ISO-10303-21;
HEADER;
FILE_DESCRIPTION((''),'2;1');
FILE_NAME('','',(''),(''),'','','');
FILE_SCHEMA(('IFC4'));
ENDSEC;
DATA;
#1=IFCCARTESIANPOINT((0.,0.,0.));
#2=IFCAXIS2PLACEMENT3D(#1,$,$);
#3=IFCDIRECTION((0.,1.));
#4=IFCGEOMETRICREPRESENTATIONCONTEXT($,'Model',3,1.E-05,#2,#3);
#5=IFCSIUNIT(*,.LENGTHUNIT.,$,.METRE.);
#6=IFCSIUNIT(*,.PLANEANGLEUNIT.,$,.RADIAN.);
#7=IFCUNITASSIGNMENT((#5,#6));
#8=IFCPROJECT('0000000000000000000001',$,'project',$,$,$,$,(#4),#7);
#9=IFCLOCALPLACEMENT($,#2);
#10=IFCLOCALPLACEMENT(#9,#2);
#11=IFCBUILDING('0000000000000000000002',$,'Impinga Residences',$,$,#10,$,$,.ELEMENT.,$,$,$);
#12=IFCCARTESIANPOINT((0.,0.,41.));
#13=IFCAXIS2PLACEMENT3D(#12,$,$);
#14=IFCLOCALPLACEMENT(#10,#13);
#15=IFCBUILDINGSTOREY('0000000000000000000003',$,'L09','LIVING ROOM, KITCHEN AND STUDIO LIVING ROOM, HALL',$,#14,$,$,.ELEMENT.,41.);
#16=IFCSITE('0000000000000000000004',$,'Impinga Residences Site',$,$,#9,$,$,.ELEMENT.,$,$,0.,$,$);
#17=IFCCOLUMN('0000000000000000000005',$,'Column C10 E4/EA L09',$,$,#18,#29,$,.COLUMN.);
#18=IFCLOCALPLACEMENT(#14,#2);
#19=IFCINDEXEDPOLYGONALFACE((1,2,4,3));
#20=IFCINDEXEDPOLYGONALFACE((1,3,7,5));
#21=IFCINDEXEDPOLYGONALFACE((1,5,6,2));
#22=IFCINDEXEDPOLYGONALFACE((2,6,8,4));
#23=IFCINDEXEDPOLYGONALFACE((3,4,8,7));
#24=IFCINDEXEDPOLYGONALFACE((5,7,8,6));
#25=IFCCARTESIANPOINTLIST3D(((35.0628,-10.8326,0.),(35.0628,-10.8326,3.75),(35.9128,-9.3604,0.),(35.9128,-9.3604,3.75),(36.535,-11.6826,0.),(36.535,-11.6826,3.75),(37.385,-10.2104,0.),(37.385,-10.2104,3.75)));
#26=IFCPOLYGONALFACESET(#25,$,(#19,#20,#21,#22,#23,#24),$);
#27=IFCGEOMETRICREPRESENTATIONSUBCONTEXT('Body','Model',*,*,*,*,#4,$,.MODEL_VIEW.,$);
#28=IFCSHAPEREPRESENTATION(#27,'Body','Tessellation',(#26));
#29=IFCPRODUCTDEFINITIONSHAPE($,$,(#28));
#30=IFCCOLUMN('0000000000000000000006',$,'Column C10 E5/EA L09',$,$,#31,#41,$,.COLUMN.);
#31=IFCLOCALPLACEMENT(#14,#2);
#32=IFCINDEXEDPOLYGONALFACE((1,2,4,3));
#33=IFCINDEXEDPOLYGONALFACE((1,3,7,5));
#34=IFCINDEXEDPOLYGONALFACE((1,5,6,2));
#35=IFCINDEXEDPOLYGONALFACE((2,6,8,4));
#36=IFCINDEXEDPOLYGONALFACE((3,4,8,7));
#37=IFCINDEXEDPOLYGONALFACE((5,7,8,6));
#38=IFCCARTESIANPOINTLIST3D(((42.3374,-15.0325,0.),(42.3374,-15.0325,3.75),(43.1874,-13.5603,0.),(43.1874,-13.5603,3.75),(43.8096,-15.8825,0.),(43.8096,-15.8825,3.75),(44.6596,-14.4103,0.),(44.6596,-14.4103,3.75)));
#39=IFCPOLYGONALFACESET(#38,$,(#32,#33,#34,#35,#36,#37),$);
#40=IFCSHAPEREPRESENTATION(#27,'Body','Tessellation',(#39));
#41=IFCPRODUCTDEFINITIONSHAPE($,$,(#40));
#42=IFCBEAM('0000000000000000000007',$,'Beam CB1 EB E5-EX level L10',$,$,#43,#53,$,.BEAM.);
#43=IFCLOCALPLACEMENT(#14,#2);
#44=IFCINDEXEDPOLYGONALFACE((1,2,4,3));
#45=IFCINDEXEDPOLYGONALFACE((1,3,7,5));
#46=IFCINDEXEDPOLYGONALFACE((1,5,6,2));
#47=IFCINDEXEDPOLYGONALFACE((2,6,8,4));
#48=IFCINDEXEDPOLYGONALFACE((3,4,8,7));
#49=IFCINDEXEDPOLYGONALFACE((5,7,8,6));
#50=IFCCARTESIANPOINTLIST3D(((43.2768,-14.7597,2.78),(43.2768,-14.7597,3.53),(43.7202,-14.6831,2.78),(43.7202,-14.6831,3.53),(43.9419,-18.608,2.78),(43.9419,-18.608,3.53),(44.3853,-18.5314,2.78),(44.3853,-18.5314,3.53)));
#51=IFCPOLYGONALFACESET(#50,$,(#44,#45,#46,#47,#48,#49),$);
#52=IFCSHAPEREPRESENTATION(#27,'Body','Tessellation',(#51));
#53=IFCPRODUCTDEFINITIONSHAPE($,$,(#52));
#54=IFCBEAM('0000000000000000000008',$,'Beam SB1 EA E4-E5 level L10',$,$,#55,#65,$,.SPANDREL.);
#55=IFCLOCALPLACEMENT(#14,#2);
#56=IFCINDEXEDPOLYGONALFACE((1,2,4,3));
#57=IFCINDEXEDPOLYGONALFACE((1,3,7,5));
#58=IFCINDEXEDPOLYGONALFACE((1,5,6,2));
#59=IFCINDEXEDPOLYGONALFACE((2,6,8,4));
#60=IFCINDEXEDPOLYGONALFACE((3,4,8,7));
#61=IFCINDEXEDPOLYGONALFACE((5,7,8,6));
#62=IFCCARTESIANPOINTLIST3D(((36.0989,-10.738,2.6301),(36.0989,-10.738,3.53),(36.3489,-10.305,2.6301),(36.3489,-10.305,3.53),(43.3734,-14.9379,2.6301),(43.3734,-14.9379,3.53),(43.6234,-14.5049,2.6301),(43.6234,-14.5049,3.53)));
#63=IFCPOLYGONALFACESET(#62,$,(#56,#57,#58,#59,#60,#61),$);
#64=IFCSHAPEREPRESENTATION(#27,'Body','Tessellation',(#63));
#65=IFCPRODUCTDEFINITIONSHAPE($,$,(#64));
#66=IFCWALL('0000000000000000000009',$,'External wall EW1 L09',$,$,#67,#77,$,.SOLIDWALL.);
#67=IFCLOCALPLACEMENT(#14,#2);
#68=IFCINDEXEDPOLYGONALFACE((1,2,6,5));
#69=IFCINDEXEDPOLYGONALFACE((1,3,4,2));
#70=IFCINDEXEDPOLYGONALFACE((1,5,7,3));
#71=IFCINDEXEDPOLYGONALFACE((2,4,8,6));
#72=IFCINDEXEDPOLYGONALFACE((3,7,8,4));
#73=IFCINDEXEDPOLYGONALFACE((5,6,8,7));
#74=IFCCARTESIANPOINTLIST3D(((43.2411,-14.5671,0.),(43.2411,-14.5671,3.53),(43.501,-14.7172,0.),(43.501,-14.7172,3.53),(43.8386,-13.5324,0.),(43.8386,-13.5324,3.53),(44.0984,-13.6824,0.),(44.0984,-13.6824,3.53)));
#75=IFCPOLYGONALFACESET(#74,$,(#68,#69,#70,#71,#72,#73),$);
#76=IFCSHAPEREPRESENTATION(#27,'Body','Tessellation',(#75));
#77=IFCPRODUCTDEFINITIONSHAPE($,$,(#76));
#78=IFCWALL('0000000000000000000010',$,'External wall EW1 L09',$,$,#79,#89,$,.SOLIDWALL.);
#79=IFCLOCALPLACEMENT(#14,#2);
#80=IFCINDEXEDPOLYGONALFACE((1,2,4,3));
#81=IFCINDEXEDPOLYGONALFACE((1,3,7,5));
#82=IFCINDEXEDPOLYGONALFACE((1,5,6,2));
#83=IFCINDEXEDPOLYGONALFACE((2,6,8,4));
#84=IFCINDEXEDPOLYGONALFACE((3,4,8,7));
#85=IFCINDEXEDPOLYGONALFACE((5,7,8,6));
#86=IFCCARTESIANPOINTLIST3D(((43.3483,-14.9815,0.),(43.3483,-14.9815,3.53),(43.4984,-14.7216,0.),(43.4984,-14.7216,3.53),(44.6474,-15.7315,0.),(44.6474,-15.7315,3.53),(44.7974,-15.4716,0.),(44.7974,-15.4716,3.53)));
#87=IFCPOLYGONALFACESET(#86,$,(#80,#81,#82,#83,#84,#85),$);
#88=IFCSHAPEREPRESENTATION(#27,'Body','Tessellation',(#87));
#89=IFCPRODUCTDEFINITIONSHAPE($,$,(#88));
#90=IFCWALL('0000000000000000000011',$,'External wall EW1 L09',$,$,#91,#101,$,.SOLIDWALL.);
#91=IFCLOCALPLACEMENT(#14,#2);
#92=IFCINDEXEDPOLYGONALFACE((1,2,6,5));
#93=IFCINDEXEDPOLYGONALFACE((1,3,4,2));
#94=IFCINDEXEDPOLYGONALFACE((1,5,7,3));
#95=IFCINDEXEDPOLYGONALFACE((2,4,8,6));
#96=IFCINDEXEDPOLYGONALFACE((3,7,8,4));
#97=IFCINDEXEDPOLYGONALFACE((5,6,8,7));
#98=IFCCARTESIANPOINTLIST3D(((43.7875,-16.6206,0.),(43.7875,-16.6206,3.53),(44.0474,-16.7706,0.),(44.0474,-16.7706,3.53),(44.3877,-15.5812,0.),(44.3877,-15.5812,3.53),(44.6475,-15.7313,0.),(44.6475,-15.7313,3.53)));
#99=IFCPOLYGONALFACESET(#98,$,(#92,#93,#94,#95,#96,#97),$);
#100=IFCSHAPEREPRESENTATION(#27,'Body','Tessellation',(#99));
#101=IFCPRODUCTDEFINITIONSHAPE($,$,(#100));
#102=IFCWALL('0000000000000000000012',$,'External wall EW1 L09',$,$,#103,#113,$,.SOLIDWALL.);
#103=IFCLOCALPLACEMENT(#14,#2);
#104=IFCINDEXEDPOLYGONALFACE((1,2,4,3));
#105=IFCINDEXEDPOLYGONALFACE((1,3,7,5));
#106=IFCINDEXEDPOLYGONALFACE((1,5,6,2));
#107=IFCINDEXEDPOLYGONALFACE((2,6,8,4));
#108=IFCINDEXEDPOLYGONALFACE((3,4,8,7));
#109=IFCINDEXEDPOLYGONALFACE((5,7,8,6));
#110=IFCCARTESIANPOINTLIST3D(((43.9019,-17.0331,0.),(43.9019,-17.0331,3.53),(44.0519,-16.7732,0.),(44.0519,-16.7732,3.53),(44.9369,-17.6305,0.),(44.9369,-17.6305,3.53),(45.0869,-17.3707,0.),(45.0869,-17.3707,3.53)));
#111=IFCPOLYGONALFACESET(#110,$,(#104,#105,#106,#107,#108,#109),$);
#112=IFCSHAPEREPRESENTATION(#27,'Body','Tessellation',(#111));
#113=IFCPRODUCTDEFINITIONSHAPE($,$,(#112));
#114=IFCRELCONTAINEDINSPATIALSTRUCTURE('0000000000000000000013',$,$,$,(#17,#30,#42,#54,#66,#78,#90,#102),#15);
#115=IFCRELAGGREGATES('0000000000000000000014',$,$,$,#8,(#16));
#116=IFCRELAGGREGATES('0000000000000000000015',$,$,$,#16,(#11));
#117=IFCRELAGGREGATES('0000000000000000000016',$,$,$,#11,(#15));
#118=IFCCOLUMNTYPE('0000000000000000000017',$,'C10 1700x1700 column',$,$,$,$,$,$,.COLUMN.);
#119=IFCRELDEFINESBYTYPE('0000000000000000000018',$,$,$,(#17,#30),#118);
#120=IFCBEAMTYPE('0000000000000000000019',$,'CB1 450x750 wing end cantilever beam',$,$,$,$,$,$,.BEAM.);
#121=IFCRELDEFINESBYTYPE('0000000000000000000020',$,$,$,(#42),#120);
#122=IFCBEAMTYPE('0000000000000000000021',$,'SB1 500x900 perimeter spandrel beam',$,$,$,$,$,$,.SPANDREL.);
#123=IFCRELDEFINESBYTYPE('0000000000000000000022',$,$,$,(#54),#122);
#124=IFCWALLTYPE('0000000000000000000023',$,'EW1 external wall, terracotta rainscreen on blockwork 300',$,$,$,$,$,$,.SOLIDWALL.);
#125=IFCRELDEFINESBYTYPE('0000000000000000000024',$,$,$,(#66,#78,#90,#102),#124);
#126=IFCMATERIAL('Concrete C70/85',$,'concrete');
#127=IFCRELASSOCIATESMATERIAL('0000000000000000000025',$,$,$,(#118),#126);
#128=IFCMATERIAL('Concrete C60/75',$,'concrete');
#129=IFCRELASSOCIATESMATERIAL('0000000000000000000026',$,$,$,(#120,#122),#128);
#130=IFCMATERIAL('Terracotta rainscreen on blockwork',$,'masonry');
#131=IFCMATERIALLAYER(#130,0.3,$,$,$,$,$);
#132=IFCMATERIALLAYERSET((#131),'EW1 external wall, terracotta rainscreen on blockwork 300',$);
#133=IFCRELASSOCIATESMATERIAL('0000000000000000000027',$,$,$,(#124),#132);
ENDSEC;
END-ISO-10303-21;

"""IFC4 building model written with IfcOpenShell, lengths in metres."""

from ifc_helpers import new_model, si_unit, direction, frame, frame_2d, origin, origin_2d, place, context, subcontext, project, spatial, rectangle, extrude, material, layer, layer_set, material_profile, profile_set, type_object, element, save


model = new_model("IFC4")

# Units and contexts
model_context = context("Model", 3, precision=1e-05, world=origin(), true_north=direction((0.0, 1.0)))
body_context = subcontext(model_context, "Body", "Model", "MODEL_VIEW")
ifc_project = project(units=[si_unit("LENGTHUNIT", "METRE"), si_unit("PLANEANGLEUNIT", "RADIAN")], contexts=[model_context])

# Site, building, storey
site_placement = place(None, origin())
site = spatial("IfcSite", under=ifc_project, at=site_placement, Name="Impinga Residences Site", CompositionType="ELEMENT", RefElevation=0.0)
building_placement = place(site_placement, origin())
building = spatial("IfcBuilding", under=site, at=building_placement, Name="Impinga Residences", CompositionType="ELEMENT")
storey_placement = place(building_placement, frame((0.0, 0.0, 41.0)))
storey = spatial("IfcBuildingStorey", under=building, at=storey_placement, Name="L09", Description="LIVING ROOM, KITCHEN AND STUDIO LIVING ROOM, HALL", CompositionType="ELEMENT", Elevation=41.0)

# Columns
ifc_material_1 = material(Name="Concrete C70/85", Category="concrete")
ifc_material_profile_1 = material_profile(ifc_material_1, rectangle(XDim=1.7, YDim=1.7, at=origin_2d()), Name="RC 1700x1700")
ifc_profile_set_1 = profile_set([ifc_material_profile_1], Name="Concrete C70/85")
column_type = type_object("IfcColumnType", Name="C10 1700x1700 column", PredefinedType="COLUMN", material=ifc_profile_set_1)
for number, where, z_axis, x_axis, name in (
    (1, (36.2239, -10.5215, 0.0), (0.0, 0.0, 1.0), (-0.5, -0.866025, 0.0), "Column C10 E4/EA L09"),
    (2, (43.4985, -14.7214, 0.0), (0.0, 0.0, 1.0), (-0.5, -0.866025, 0.0), "Column C10 E5/EA L09"),
):
    element("IfcColumn", number, at=place(storey_placement, frame(where, z_axis=z_axis, x_axis=x_axis)), inside=storey, type_object=column_type, Name=name, PredefinedType="COLUMN", context=body_context, shape_type="SweptSolid", body=[
        extrude(rectangle(XDim=1.7, YDim=1.7, at=origin_2d()), origin(), (0.0, 0.0, 1.0), 3.75),
    ])

# Beams
ifc_material_2 = material(Name="Concrete C60/75", Category="concrete")
ifc_material_profile_2 = material_profile(ifc_material_2, rectangle(XDim=0.45, YDim=0.75, at=origin_2d()), Name="RC 450x750")
ifc_profile_set_2 = profile_set([ifc_material_profile_2], Name="Concrete C60/75")
beam_type_1 = type_object("IfcBeamType", Name="CB1 450x750 wing end cantilever beam", PredefinedType="BEAM", material=ifc_profile_set_2)
beam_1_placement = place(storey_placement, frame((43.4985, -14.7214, 3.155), z_axis=(0.170296, -0.985393, 0.0), x_axis=(0.985393, 0.170296, 0.0)))
element("IfcBeam", 3, at=beam_1_placement, inside=storey, type_object=beam_type_1, Name="Beam CB1 EB E5-EX level L10", PredefinedType="BEAM", context=body_context, shape_type="SweptSolid", body=[
    extrude(rectangle(XDim=0.45, YDim=0.75, at=origin_2d()), origin(), (0.0, 0.0, 1.0), 3.9053),
])
ifc_material_profile_3 = material_profile(ifc_material_2, rectangle(XDim=0.5, YDim=0.8999, at=origin_2d()), Name="RC 500x900")
ifc_profile_set_3 = profile_set([ifc_material_profile_3], Name="Concrete C60/75")
beam_type_2 = type_object("IfcBeamType", Name="SB1 500x900 perimeter spandrel beam", PredefinedType="SPANDREL", material=ifc_profile_set_3)
beam_2_placement = place(storey_placement, frame((36.2239, -10.5215, 3.0801), z_axis=(0.866029, -0.499993, 0.0), x_axis=(0.499993, 0.866029, 0.0)))
element("IfcBeam", 4, at=beam_2_placement, inside=storey, type_object=beam_type_2, Name="Beam SB1 EA E4-E5 level L10", PredefinedType="SPANDREL", context=body_context, shape_type="SweptSolid", body=[
    extrude(rectangle(XDim=0.5, YDim=0.8999, at=origin_2d()), origin(), (0.0, 0.0, 1.0), 8.3999),
])

# Walls
ifc_material_3 = material(Name="Terracotta rainscreen on blockwork", Category="masonry")
ifc_layer_1 = layer(ifc_material_3, 0.3)
ifc_layer_set_1 = layer_set([ifc_layer_1], Name="EW1 external wall, terracotta rainscreen on blockwork 300")
wall_type_1 = type_object("IfcWallType", Name="EW1 external wall, terracotta rainscreen on blockwork 300", PredefinedType="SOLIDWALL", material=ifc_layer_set_1)
wall_1_placement = place(storey_placement, frame((43.9685, -13.6074, 0.0), z_axis=(0.0, 0.0, 1.0), x_axis=(-0.500029, -0.866009, 0.0)))
element("IfcWall", 5, at=wall_1_placement, inside=storey, type_object=wall_type_1, Name="External wall EW1 L09", PredefinedType="SOLIDWALL", context=body_context, shape_type="SweptSolid", body=[
    extrude(rectangle(XDim=1.1948, YDim=0.3, at=frame_2d((0.5974, 0.0))), origin(), (0.0, 0.0, 1.0), 3.53),
])
wall_2_placement = place(storey_placement, frame((43.4233, -14.8516, 0.0), z_axis=(0.0, 0.0, 1.0), x_axis=(0.866031, -0.49999, 0.0)))
element("IfcWall", 6, at=wall_2_placement, inside=storey, type_object=wall_type_1, Name="External wall EW1 L09", PredefinedType="SOLIDWALL", context=body_context, shape_type="SweptSolid", body=[
    extrude(rectangle(XDim=1.5, YDim=0.3, at=frame_2d((0.75, 0.0))), origin(), (0.0, 0.0, 1.0), 3.53),
])
wall_3_placement = place(storey_placement, frame((44.5176, -15.6562, 0.0), z_axis=(0.0, 0.0, 1.0), x_axis=(-0.500034, -0.866006, 0.0)))
element("IfcWall", 7, at=wall_3_placement, inside=storey, type_object=wall_type_1, Name="External wall EW1 L09", PredefinedType="SOLIDWALL", context=body_context, shape_type="SweptSolid", body=[
    extrude(rectangle(XDim=1.2002, YDim=0.3, at=frame_2d((0.6001, 0.0))), origin(), (0.0, 0.0, 1.0), 3.53),
])
wall_4_placement = place(storey_placement, frame((43.9768, -16.9031, 0.0), z_axis=(0.0, 0.0, 1.0), x_axis=(0.86606, -0.499941, 0.0)))
element("IfcWall", 8, at=wall_4_placement, inside=storey, type_object=wall_type_1, Name="External wall EW1 L09", PredefinedType="SOLIDWALL", context=body_context, shape_type="SweptSolid", body=[
    extrude(rectangle(XDim=1.1951, YDim=0.3, at=frame_2d((0.5977, 0.0))), origin(), (0.0, 0.0, 1.0), 3.53),
])

save(model, "model.ifc")
